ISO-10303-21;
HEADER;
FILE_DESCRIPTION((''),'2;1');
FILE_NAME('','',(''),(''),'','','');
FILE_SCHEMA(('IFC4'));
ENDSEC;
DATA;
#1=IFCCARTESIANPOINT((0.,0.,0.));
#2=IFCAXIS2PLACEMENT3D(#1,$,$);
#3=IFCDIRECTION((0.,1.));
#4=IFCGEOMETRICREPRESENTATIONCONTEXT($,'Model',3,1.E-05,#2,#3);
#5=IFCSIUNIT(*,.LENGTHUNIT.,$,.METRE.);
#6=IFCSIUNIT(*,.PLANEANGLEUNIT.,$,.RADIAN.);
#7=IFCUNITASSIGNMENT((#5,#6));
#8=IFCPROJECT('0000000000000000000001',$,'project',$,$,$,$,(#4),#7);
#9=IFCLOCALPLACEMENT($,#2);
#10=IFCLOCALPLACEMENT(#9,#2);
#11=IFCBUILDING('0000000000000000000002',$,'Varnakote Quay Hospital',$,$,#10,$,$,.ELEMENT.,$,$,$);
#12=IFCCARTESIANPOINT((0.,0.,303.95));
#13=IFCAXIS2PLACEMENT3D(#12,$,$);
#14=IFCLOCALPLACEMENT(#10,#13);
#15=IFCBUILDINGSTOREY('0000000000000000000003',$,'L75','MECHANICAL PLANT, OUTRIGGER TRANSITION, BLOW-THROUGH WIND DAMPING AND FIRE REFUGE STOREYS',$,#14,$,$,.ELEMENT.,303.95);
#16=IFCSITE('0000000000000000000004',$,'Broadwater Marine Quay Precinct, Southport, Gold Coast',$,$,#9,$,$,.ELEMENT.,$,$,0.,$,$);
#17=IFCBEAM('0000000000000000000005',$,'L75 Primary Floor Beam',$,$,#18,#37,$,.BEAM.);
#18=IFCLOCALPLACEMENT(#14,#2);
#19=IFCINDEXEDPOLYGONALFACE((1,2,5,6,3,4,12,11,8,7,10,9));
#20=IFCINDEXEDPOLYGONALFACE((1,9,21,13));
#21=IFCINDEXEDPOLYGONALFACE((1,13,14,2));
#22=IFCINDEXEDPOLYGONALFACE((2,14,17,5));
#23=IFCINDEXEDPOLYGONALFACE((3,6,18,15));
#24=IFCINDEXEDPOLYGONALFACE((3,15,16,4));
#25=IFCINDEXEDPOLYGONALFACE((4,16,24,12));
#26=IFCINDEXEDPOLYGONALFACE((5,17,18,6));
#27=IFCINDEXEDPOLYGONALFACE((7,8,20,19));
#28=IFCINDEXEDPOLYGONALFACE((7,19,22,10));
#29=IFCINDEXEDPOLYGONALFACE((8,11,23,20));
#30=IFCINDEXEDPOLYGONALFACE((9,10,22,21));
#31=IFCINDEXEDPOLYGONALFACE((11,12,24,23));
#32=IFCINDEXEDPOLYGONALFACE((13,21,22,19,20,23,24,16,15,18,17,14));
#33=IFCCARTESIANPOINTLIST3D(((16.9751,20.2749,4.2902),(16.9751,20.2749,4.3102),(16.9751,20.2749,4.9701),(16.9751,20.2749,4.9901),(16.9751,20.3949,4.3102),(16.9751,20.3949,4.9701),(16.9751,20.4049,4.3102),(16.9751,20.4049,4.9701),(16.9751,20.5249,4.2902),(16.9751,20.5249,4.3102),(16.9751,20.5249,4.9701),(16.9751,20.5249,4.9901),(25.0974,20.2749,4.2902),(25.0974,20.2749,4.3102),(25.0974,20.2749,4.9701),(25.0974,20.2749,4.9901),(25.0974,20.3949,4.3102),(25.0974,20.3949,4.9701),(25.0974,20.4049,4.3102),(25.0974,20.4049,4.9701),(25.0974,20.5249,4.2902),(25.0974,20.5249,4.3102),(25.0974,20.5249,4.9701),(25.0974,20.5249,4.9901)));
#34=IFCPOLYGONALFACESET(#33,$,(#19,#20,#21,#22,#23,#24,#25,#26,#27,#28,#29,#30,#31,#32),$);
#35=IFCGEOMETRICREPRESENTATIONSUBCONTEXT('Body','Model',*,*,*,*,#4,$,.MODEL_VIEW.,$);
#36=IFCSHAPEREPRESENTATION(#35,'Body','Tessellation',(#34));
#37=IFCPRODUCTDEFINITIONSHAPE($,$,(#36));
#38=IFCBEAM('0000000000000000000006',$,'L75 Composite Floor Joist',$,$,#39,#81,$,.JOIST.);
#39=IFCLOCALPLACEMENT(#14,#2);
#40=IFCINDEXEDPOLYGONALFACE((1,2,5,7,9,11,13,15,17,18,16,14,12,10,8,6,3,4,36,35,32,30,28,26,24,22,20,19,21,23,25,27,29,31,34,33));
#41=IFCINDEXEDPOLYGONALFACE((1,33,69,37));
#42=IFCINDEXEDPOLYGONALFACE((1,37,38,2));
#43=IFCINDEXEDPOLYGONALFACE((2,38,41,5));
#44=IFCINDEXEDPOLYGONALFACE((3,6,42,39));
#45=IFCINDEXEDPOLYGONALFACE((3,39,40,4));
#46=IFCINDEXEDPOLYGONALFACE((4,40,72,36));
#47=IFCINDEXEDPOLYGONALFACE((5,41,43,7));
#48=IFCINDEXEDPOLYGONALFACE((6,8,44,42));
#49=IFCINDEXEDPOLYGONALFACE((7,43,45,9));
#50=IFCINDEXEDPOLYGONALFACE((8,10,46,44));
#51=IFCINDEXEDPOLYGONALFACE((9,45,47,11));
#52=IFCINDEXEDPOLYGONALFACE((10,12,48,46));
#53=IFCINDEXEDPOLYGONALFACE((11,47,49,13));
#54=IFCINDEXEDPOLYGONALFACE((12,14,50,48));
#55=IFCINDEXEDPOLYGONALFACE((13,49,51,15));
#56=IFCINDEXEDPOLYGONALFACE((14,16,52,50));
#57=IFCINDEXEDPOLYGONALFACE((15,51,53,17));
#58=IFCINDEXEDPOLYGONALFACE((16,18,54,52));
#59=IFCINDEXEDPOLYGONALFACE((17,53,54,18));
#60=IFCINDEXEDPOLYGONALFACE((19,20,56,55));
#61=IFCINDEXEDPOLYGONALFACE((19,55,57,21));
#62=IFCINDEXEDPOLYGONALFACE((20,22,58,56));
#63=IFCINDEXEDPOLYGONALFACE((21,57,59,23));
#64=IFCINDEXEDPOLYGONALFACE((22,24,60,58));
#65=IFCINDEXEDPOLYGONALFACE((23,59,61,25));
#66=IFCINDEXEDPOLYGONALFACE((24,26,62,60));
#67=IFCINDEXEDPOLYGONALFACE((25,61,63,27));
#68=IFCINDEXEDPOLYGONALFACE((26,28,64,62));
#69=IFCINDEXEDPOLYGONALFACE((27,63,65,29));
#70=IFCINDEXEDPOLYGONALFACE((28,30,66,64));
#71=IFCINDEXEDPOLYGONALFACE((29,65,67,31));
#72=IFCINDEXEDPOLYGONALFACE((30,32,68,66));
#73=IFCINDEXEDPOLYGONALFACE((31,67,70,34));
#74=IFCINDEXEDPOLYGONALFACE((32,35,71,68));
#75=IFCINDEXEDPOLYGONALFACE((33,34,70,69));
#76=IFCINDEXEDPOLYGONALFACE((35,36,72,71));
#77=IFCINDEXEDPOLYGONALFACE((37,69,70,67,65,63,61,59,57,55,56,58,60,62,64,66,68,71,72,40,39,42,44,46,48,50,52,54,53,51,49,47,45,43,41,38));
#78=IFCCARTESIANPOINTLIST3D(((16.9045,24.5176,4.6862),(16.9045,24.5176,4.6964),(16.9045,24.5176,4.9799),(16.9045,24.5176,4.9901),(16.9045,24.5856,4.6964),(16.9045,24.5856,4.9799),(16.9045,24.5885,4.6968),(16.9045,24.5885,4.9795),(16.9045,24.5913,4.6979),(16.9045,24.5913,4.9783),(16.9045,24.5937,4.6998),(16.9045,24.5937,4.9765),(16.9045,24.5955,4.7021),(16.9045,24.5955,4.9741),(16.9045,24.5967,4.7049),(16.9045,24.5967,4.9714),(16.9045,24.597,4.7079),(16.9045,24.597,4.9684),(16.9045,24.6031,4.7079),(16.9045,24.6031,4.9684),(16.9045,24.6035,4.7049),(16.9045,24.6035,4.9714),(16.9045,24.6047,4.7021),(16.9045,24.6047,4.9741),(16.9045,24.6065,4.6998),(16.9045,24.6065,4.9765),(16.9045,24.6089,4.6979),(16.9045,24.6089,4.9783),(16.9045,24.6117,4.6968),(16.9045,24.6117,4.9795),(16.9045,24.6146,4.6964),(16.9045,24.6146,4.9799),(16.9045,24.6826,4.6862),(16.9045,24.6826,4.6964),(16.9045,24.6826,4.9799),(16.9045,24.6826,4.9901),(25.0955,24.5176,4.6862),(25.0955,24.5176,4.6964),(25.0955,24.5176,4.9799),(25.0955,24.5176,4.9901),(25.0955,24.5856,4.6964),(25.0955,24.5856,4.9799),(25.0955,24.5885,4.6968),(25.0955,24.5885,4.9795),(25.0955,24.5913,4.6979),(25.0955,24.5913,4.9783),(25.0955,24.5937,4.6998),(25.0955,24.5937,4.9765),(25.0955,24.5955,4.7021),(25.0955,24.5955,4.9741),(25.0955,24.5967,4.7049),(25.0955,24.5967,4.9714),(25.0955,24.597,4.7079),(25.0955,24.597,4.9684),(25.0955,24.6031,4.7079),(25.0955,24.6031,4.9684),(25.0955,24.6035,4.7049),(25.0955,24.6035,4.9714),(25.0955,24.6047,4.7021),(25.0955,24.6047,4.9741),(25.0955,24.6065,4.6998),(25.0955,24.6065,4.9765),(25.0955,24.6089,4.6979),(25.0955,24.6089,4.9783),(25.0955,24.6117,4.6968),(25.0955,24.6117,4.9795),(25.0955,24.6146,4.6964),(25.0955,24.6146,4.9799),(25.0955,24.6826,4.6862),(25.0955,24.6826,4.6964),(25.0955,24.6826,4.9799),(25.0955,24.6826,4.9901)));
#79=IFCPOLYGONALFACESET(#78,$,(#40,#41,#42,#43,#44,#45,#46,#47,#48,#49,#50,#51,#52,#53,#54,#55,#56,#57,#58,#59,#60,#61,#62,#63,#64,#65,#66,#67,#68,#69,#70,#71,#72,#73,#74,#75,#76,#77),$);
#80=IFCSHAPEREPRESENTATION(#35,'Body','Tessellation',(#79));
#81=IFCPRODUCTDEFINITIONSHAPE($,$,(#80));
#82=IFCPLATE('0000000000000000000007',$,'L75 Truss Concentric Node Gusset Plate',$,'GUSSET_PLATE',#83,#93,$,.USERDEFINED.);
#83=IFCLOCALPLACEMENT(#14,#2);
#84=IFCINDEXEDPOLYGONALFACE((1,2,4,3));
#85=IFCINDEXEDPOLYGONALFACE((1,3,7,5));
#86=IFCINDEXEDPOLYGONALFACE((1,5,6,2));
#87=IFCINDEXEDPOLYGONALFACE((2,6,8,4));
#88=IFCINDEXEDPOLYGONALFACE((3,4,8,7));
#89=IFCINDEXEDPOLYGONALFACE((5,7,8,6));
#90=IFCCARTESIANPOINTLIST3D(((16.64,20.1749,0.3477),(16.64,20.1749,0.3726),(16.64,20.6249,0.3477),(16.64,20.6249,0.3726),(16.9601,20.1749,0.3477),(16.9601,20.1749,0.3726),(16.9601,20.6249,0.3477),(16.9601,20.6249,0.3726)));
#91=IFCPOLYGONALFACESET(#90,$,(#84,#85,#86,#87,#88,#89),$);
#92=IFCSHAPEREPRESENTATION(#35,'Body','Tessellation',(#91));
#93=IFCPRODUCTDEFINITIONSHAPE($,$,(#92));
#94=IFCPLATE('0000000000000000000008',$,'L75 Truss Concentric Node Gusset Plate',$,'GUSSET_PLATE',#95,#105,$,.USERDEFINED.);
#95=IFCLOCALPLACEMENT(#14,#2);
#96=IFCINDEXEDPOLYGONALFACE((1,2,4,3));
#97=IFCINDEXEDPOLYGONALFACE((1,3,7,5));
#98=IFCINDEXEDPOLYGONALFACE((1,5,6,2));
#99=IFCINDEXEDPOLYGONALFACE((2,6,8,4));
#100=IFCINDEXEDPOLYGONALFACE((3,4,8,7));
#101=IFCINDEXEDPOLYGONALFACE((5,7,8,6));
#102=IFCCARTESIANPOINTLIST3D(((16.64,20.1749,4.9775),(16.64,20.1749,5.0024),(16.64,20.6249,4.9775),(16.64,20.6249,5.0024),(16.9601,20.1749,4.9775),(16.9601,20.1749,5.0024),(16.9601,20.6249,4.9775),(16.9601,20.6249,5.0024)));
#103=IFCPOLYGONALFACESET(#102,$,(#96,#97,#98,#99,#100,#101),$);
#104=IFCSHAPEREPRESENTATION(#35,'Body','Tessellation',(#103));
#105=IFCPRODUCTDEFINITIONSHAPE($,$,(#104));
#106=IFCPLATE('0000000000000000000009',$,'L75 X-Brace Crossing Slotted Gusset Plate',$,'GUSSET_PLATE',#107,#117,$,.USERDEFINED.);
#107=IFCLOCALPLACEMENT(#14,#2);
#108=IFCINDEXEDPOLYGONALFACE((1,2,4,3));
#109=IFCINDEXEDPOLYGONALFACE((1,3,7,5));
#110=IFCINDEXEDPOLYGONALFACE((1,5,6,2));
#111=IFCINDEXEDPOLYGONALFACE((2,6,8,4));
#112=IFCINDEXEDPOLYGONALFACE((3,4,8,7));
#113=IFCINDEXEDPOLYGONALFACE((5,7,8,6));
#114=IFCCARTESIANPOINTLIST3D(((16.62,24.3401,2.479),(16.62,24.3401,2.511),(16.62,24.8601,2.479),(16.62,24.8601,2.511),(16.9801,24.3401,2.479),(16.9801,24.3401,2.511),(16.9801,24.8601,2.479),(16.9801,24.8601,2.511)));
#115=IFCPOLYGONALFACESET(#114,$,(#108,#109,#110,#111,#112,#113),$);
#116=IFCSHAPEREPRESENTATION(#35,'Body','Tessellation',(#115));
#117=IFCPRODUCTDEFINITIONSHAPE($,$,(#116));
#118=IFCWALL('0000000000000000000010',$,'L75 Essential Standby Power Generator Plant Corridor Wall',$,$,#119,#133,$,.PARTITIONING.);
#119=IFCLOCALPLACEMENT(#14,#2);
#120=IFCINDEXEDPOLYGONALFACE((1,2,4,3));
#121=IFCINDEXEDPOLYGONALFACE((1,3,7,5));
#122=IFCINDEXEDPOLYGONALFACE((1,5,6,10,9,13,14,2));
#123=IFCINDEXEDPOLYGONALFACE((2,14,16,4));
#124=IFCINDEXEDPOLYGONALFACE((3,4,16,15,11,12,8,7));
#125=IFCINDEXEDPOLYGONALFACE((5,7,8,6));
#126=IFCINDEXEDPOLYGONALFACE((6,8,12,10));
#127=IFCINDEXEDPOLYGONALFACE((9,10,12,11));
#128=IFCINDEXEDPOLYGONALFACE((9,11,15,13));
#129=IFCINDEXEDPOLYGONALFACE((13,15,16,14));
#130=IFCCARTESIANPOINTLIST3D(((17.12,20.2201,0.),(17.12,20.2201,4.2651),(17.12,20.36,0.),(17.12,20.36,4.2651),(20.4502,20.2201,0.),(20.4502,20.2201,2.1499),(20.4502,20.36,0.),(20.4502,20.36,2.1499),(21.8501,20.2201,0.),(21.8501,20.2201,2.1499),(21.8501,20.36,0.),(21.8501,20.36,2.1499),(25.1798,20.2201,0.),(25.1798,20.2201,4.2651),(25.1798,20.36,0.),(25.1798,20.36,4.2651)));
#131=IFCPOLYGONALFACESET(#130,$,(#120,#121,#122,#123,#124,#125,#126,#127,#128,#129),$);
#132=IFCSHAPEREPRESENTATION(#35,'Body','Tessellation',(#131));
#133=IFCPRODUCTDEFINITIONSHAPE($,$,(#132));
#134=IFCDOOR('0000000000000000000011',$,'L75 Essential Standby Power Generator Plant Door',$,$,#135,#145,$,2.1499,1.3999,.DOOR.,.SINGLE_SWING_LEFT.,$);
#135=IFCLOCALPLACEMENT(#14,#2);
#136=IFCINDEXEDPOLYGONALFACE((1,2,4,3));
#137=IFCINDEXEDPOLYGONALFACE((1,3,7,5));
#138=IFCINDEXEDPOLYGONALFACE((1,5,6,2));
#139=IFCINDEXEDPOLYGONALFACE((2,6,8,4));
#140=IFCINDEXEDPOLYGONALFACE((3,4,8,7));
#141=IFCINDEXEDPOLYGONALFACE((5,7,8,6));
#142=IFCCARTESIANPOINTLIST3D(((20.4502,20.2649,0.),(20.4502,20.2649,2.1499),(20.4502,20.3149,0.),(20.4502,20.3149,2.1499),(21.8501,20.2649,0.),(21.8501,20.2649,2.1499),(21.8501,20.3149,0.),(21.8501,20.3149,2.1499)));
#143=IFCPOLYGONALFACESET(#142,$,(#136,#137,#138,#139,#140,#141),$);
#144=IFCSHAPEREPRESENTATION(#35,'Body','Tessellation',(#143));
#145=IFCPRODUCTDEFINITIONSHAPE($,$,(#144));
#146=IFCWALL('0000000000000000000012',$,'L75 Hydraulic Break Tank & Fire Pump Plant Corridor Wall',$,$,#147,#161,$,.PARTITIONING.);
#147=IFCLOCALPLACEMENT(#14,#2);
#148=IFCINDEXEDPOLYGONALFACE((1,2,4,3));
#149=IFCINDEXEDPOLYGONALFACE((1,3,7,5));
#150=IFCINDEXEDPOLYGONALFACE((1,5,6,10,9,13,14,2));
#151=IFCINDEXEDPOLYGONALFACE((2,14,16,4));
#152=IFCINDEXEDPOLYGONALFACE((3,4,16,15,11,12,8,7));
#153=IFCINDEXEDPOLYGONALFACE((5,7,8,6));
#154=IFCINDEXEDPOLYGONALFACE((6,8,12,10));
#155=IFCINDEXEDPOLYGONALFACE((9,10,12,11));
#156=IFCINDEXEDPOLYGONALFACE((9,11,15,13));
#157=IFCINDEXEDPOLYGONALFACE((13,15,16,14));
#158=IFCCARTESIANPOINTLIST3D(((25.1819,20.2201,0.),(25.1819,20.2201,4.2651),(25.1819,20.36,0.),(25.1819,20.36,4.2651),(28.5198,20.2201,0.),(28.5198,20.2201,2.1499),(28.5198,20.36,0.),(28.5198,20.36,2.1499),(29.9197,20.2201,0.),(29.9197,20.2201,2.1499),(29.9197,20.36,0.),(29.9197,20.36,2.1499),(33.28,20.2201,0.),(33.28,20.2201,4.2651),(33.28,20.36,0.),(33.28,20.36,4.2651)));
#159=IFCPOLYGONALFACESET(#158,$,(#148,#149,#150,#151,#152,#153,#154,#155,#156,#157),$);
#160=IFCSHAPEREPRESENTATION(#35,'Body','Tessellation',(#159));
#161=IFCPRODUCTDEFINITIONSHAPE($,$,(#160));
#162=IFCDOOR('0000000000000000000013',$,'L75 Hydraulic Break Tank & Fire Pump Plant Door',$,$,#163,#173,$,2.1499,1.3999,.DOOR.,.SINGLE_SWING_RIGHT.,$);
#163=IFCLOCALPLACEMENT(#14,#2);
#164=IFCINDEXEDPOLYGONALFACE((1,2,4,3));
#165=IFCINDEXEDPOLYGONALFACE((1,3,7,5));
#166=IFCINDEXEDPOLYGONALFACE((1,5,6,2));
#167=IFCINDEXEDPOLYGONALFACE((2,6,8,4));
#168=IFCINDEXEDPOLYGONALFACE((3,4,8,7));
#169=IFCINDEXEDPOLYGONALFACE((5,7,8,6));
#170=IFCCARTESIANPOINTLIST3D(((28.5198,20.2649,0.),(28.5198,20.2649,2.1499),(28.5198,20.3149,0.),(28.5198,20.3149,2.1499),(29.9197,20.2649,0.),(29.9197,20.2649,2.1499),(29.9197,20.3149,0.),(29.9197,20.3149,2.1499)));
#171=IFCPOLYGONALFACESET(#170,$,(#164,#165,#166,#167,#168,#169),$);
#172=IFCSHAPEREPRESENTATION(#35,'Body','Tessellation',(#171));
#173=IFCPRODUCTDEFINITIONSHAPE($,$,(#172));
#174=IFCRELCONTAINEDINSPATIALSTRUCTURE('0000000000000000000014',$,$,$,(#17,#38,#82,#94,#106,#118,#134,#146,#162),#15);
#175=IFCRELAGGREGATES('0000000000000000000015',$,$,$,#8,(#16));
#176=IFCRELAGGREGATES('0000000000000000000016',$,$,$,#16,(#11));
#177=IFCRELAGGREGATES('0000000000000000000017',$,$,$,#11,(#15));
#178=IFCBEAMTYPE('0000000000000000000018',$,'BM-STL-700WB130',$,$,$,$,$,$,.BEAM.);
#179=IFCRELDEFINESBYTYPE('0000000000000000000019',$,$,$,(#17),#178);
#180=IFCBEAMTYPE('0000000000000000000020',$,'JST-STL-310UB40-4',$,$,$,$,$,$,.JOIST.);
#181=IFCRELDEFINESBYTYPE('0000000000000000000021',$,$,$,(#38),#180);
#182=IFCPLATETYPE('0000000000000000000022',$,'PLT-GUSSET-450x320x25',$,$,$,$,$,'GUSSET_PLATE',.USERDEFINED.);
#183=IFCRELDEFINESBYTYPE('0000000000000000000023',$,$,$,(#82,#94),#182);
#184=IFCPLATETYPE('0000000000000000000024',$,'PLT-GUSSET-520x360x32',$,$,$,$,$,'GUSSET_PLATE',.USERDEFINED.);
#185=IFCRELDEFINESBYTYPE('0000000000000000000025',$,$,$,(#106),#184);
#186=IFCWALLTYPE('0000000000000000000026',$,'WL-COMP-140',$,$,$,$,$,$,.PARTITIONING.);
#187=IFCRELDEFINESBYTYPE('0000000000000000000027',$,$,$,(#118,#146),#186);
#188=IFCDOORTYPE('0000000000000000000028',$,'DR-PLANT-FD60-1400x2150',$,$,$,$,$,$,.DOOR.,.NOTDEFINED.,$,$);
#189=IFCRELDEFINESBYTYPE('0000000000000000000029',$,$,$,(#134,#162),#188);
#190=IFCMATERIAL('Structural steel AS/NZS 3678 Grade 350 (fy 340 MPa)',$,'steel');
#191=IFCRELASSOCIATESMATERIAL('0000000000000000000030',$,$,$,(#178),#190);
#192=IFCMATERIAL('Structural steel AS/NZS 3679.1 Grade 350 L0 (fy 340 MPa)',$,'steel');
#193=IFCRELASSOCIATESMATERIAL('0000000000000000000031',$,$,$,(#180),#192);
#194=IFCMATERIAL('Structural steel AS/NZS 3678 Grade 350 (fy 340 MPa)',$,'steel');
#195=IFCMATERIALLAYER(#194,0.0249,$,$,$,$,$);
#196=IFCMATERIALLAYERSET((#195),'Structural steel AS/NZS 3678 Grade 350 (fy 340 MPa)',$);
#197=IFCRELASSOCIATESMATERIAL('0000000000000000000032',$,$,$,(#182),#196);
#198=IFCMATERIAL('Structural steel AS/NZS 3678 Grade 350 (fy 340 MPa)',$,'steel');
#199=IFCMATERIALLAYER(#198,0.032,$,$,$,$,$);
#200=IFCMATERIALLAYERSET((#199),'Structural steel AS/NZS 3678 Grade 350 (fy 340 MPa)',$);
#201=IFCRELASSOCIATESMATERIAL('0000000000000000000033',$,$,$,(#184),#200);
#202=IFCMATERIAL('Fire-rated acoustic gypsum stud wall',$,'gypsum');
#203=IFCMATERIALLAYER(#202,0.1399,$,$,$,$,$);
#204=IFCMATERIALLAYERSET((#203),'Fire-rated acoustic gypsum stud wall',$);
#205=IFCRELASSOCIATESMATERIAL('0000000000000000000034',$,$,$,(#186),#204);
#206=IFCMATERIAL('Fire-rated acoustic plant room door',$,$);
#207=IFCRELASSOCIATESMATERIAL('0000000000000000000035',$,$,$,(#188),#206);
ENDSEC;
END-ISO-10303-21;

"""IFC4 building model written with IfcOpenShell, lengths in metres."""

from ifc_helpers import new_model, si_unit, direction, frame, frame_2d, origin, origin_2d, place, context, subcontext, project, spatial, rectangle, i_section, extrude, material, layer, layer_set, material_profile, profile_set, type_object, element, fill, save


model = new_model("IFC4")

# Units and contexts
model_context = context("Model", 3, precision=1e-05, world=origin(), true_north=direction((0.0, 1.0)))
body_context = subcontext(model_context, "Body", "Model", "MODEL_VIEW")
ifc_project = project(units=[si_unit("LENGTHUNIT", "METRE"), si_unit("PLANEANGLEUNIT", "RADIAN")], contexts=[model_context])

# Site, building, storey
site_placement = place(None, origin())
site = spatial("IfcSite", under=ifc_project, at=site_placement, Name="Broadwater Marine Quay Precinct, Southport, Gold Coast", CompositionType="ELEMENT", RefElevation=0.0)
building_placement = place(site_placement, origin())
building = spatial("IfcBuilding", under=site, at=building_placement, Name="Varnakote Quay Hospital", CompositionType="ELEMENT")
storey_placement = place(building_placement, frame((0.0, 0.0, 303.95)))
storey = spatial("IfcBuildingStorey", under=building, at=storey_placement, Name="L75", Description="MECHANICAL PLANT, OUTRIGGER TRANSITION, BLOW-THROUGH WIND DAMPING AND FIRE REFUGE STOREYS", CompositionType="ELEMENT", Elevation=303.95)

# Beams
ifc_material_1 = material(Name="Structural steel AS/NZS 3678 Grade 350 (fy 340 MPa)", Category="steel")
ifc_material_profile_1 = material_profile(ifc_material_1, i_section(OverallWidth=0.25, OverallDepth=0.7, WebThickness=0.01, FlangeThickness=0.02, at=origin_2d()), Name="700WB130")
ifc_profile_set_1 = profile_set([ifc_material_profile_1], Name="Structural steel AS/NZS 3678 Grade 350 (fy 340 MPa)")
beam_type_1 = type_object("IfcBeamType", Name="BM-STL-700WB130", PredefinedType="BEAM", material=ifc_profile_set_1)
beam_1_placement = place(storey_placement, frame((16.9751, 20.3999, 4.6401), z_axis=(1.0, 0.0, 0.0), x_axis=(0.0, 1.0, 0.0)))
element("IfcBeam", 1, at=beam_1_placement, inside=storey, type_object=beam_type_1, Name="L75 Primary Floor Beam", PredefinedType="BEAM", context=body_context, shape_type="SweptSolid", body=[
    extrude(i_section(OverallWidth=0.25, OverallDepth=0.7, WebThickness=0.01, FlangeThickness=0.02, at=origin_2d()), origin(), (0.0, 0.0, 1.0), 8.1223),
])
ifc_material_2 = material(Name="Structural steel AS/NZS 3679.1 Grade 350 L0 (fy 340 MPa)", Category="steel")
ifc_material_profile_2 = material_profile(ifc_material_2, i_section(OverallWidth=0.165, OverallDepth=0.304, WebThickness=0.0061, FlangeThickness=0.0103, FilletRadius=0.0115, at=origin_2d()), Name="310UB40.4")
ifc_profile_set_2 = profile_set([ifc_material_profile_2], Name="Structural steel AS/NZS 3679.1 Grade 350 L0 (fy 340 MPa)")
beam_type_2 = type_object("IfcBeamType", Name="JST-STL-310UB40-4", PredefinedType="JOIST", material=ifc_profile_set_2)
beam_2_placement = place(storey_placement, frame((16.9045, 24.6001, 4.8381), z_axis=(1.0, 0.0, 0.0), x_axis=(0.0, 1.0, 0.0)))
element("IfcBeam", 2, at=beam_2_placement, inside=storey, type_object=beam_type_2, Name="L75 Composite Floor Joist", PredefinedType="JOIST", context=body_context, shape_type="SweptSolid", body=[
    extrude(i_section(OverallWidth=0.165, OverallDepth=0.304, WebThickness=0.0061, FlangeThickness=0.0103, FilletRadius=0.0115, at=origin_2d()), origin(), (0.0, 0.0, 1.0), 8.1909),
])

# Plates
ifc_material_3 = material(Name="Structural steel AS/NZS 3678 Grade 350 (fy 340 MPa)", Category="steel")
ifc_layer_1 = layer(ifc_material_3, 0.0249)
ifc_layer_set_1 = layer_set([ifc_layer_1], Name="Structural steel AS/NZS 3678 Grade 350 (fy 340 MPa)")
plate_type_1 = type_object("IfcPlateType", Name="PLT-GUSSET-450x320x25", ElementType="GUSSET_PLATE", PredefinedType="USERDEFINED", material=ifc_layer_set_1)
for number, where, z_axis, x_axis, name in (
    (3, (16.8, 20.3999, 0.3477), (0.0, 0.0, 1.0), (0.0, 1.0, 0.0), "L75 Truss Concentric Node Gusset Plate"),
    (4, (16.8, 20.3999, 4.9775), (0.0, 0.0, 1.0), (0.0, 1.0, 0.0), "L75 Truss Concentric Node Gusset Plate"),
):
    element("IfcPlate", number, at=place(storey_placement, frame(where, z_axis=z_axis, x_axis=x_axis)), inside=storey, type_object=plate_type_1, Name=name, ObjectType="GUSSET_PLATE", PredefinedType="USERDEFINED", context=body_context, shape_type="SweptSolid", body=[
        extrude(rectangle(XDim=0.45, YDim=0.3201, at=origin_2d()), origin(), (0.0, 0.0, 1.0), 0.0249),
    ])
ifc_material_4 = material(Name="Structural steel AS/NZS 3678 Grade 350 (fy 340 MPa)", Category="steel")
ifc_layer_2 = layer(ifc_material_4, 0.032)
ifc_layer_set_2 = layer_set([ifc_layer_2], Name="Structural steel AS/NZS 3678 Grade 350 (fy 340 MPa)")
plate_type_2 = type_object("IfcPlateType", Name="PLT-GUSSET-520x360x32", ElementType="GUSSET_PLATE", PredefinedType="USERDEFINED", material=ifc_layer_set_2)
plate_placement = place(storey_placement, frame((16.8, 24.6001, 2.479), z_axis=(0.0, 0.0, 1.0), x_axis=(0.0, 1.0, 0.0)))
element("IfcPlate", 5, at=plate_placement, inside=storey, type_object=plate_type_2, Name="L75 X-Brace Crossing Slotted Gusset Plate", ObjectType="GUSSET_PLATE", PredefinedType="USERDEFINED", context=body_context, shape_type="SweptSolid", body=[
    extrude(rectangle(XDim=0.52, YDim=0.3601, at=origin_2d()), origin(), (0.0, 0.0, 1.0), 0.032),
])

# Walls, openings, doors
ifc_material_5 = material(Name="Fire-rated acoustic gypsum stud wall", Category="gypsum")
ifc_layer_3 = layer(ifc_material_5, 0.1399)
ifc_layer_set_3 = layer_set([ifc_layer_3], Name="Fire-rated acoustic gypsum stud wall")
wall_type_1 = type_object("IfcWallType", Name="WL-COMP-140", PredefinedType="PARTITIONING", material=ifc_layer_set_3)
wall_1_placement = place(storey_placement, frame((17.1201, 20.29, 0.0), z_axis=(0.0, 0.0, 1.0), x_axis=(1.0, 0.0, 0.0)))
wall_1 = element("IfcWall", 6, at=wall_1_placement, inside=storey, type_object=wall_type_1, Name="L75 Essential Standby Power Generator Plant Corridor Wall", PredefinedType="PARTITIONING", context=body_context, shape_type="SweptSolid", body=[
    extrude(rectangle(XDim=8.0598, YDim=0.1399, at=frame_2d((4.0298, 0.0))), origin(), (0.0, 0.0, 1.0), 4.2651),
])
opening_1_placement = place(wall_1_placement, frame((3.3301, 0.0, 0.0)))
opening_1 = element("IfcOpeningElement", 7, at=opening_1_placement, cuts=wall_1, PredefinedType="OPENING", context=body_context, shape_type="SweptSolid", body=[
    extrude(rectangle(XDim=1.3999, YDim=2.1499, at=frame_2d((0.7, 1.075))), frame((0.0, 0.0798, 0.0), z_axis=(0.0, -1.0, 0.0), x_axis=(1.0, 0.0, 0.0)), (0.0, 0.0, 1.0), 0.1599),
])
ifc_material_6 = material(Name="Fire-rated acoustic plant room door")
door_type_1 = type_object("IfcDoorType", Name="DR-PLANT-FD60-1400x2150", OperationType="NOTDEFINED", PredefinedType="DOOR", material=ifc_material_6)
door_1_placement = place(opening_1_placement, origin())
door_1 = element("IfcDoor", 8, at=door_1_placement, inside=storey, type_object=door_type_1, Name="L75 Essential Standby Power Generator Plant Door", OperationType="SINGLE_SWING_LEFT", OverallHeight=2.1499, OverallWidth=1.3999, PredefinedType="DOOR", context=body_context, shape_type="SweptSolid", body=[
    extrude(rectangle(XDim=1.3999, YDim=2.1499, at=frame_2d((0.7, 1.075))), frame((0.0, 0.0249, 0.0), z_axis=(0.0, -1.0, 0.0), x_axis=(1.0, 0.0, 0.0)), (0.0, 0.0, 1.0), 0.05),
])
fill(opening_1, door_1)
wall_2_placement = place(storey_placement, frame((25.1819, 20.29, 0.0), z_axis=(0.0, 0.0, 1.0), x_axis=(1.0, 0.0, 0.0)))
wall_2 = element("IfcWall", 9, at=wall_2_placement, inside=storey, type_object=wall_type_1, Name="L75 Hydraulic Break Tank & Fire Pump Plant Corridor Wall", PredefinedType="PARTITIONING", context=body_context, shape_type="SweptSolid", body=[
    extrude(rectangle(XDim=8.0981, YDim=0.1399, at=frame_2d((4.0491, 0.0))), origin(), (0.0, 0.0, 1.0), 4.2651),
])
opening_2_placement = place(wall_2_placement, frame((3.3379, 0.0, 0.0)))
opening_2 = element("IfcOpeningElement", 10, at=opening_2_placement, cuts=wall_2, PredefinedType="OPENING", context=body_context, shape_type="SweptSolid", body=[
    extrude(rectangle(XDim=1.3999, YDim=2.1499, at=frame_2d((0.7, 1.075))), frame((0.0, 0.0798, 0.0), z_axis=(0.0, -1.0, 0.0), x_axis=(1.0, 0.0, 0.0)), (0.0, 0.0, 1.0), 0.1599),
])
door_2_placement = place(opening_2_placement, origin())
door_2 = element("IfcDoor", 11, at=door_2_placement, inside=storey, type_object=door_type_1, Name="L75 Hydraulic Break Tank & Fire Pump Plant Door", OperationType="SINGLE_SWING_RIGHT", OverallHeight=2.1499, OverallWidth=1.3999, PredefinedType="DOOR", context=body_context, shape_type="SweptSolid", body=[
    extrude(rectangle(XDim=1.3999, YDim=2.1499, at=frame_2d((0.7, 1.075))), frame((0.0, 0.0249, 0.0), z_axis=(0.0, -1.0, 0.0), x_axis=(1.0, 0.0, 0.0)), (0.0, 0.0, 1.0), 0.05),
])
fill(opening_2, door_2)

save(model, "model.ifc")
